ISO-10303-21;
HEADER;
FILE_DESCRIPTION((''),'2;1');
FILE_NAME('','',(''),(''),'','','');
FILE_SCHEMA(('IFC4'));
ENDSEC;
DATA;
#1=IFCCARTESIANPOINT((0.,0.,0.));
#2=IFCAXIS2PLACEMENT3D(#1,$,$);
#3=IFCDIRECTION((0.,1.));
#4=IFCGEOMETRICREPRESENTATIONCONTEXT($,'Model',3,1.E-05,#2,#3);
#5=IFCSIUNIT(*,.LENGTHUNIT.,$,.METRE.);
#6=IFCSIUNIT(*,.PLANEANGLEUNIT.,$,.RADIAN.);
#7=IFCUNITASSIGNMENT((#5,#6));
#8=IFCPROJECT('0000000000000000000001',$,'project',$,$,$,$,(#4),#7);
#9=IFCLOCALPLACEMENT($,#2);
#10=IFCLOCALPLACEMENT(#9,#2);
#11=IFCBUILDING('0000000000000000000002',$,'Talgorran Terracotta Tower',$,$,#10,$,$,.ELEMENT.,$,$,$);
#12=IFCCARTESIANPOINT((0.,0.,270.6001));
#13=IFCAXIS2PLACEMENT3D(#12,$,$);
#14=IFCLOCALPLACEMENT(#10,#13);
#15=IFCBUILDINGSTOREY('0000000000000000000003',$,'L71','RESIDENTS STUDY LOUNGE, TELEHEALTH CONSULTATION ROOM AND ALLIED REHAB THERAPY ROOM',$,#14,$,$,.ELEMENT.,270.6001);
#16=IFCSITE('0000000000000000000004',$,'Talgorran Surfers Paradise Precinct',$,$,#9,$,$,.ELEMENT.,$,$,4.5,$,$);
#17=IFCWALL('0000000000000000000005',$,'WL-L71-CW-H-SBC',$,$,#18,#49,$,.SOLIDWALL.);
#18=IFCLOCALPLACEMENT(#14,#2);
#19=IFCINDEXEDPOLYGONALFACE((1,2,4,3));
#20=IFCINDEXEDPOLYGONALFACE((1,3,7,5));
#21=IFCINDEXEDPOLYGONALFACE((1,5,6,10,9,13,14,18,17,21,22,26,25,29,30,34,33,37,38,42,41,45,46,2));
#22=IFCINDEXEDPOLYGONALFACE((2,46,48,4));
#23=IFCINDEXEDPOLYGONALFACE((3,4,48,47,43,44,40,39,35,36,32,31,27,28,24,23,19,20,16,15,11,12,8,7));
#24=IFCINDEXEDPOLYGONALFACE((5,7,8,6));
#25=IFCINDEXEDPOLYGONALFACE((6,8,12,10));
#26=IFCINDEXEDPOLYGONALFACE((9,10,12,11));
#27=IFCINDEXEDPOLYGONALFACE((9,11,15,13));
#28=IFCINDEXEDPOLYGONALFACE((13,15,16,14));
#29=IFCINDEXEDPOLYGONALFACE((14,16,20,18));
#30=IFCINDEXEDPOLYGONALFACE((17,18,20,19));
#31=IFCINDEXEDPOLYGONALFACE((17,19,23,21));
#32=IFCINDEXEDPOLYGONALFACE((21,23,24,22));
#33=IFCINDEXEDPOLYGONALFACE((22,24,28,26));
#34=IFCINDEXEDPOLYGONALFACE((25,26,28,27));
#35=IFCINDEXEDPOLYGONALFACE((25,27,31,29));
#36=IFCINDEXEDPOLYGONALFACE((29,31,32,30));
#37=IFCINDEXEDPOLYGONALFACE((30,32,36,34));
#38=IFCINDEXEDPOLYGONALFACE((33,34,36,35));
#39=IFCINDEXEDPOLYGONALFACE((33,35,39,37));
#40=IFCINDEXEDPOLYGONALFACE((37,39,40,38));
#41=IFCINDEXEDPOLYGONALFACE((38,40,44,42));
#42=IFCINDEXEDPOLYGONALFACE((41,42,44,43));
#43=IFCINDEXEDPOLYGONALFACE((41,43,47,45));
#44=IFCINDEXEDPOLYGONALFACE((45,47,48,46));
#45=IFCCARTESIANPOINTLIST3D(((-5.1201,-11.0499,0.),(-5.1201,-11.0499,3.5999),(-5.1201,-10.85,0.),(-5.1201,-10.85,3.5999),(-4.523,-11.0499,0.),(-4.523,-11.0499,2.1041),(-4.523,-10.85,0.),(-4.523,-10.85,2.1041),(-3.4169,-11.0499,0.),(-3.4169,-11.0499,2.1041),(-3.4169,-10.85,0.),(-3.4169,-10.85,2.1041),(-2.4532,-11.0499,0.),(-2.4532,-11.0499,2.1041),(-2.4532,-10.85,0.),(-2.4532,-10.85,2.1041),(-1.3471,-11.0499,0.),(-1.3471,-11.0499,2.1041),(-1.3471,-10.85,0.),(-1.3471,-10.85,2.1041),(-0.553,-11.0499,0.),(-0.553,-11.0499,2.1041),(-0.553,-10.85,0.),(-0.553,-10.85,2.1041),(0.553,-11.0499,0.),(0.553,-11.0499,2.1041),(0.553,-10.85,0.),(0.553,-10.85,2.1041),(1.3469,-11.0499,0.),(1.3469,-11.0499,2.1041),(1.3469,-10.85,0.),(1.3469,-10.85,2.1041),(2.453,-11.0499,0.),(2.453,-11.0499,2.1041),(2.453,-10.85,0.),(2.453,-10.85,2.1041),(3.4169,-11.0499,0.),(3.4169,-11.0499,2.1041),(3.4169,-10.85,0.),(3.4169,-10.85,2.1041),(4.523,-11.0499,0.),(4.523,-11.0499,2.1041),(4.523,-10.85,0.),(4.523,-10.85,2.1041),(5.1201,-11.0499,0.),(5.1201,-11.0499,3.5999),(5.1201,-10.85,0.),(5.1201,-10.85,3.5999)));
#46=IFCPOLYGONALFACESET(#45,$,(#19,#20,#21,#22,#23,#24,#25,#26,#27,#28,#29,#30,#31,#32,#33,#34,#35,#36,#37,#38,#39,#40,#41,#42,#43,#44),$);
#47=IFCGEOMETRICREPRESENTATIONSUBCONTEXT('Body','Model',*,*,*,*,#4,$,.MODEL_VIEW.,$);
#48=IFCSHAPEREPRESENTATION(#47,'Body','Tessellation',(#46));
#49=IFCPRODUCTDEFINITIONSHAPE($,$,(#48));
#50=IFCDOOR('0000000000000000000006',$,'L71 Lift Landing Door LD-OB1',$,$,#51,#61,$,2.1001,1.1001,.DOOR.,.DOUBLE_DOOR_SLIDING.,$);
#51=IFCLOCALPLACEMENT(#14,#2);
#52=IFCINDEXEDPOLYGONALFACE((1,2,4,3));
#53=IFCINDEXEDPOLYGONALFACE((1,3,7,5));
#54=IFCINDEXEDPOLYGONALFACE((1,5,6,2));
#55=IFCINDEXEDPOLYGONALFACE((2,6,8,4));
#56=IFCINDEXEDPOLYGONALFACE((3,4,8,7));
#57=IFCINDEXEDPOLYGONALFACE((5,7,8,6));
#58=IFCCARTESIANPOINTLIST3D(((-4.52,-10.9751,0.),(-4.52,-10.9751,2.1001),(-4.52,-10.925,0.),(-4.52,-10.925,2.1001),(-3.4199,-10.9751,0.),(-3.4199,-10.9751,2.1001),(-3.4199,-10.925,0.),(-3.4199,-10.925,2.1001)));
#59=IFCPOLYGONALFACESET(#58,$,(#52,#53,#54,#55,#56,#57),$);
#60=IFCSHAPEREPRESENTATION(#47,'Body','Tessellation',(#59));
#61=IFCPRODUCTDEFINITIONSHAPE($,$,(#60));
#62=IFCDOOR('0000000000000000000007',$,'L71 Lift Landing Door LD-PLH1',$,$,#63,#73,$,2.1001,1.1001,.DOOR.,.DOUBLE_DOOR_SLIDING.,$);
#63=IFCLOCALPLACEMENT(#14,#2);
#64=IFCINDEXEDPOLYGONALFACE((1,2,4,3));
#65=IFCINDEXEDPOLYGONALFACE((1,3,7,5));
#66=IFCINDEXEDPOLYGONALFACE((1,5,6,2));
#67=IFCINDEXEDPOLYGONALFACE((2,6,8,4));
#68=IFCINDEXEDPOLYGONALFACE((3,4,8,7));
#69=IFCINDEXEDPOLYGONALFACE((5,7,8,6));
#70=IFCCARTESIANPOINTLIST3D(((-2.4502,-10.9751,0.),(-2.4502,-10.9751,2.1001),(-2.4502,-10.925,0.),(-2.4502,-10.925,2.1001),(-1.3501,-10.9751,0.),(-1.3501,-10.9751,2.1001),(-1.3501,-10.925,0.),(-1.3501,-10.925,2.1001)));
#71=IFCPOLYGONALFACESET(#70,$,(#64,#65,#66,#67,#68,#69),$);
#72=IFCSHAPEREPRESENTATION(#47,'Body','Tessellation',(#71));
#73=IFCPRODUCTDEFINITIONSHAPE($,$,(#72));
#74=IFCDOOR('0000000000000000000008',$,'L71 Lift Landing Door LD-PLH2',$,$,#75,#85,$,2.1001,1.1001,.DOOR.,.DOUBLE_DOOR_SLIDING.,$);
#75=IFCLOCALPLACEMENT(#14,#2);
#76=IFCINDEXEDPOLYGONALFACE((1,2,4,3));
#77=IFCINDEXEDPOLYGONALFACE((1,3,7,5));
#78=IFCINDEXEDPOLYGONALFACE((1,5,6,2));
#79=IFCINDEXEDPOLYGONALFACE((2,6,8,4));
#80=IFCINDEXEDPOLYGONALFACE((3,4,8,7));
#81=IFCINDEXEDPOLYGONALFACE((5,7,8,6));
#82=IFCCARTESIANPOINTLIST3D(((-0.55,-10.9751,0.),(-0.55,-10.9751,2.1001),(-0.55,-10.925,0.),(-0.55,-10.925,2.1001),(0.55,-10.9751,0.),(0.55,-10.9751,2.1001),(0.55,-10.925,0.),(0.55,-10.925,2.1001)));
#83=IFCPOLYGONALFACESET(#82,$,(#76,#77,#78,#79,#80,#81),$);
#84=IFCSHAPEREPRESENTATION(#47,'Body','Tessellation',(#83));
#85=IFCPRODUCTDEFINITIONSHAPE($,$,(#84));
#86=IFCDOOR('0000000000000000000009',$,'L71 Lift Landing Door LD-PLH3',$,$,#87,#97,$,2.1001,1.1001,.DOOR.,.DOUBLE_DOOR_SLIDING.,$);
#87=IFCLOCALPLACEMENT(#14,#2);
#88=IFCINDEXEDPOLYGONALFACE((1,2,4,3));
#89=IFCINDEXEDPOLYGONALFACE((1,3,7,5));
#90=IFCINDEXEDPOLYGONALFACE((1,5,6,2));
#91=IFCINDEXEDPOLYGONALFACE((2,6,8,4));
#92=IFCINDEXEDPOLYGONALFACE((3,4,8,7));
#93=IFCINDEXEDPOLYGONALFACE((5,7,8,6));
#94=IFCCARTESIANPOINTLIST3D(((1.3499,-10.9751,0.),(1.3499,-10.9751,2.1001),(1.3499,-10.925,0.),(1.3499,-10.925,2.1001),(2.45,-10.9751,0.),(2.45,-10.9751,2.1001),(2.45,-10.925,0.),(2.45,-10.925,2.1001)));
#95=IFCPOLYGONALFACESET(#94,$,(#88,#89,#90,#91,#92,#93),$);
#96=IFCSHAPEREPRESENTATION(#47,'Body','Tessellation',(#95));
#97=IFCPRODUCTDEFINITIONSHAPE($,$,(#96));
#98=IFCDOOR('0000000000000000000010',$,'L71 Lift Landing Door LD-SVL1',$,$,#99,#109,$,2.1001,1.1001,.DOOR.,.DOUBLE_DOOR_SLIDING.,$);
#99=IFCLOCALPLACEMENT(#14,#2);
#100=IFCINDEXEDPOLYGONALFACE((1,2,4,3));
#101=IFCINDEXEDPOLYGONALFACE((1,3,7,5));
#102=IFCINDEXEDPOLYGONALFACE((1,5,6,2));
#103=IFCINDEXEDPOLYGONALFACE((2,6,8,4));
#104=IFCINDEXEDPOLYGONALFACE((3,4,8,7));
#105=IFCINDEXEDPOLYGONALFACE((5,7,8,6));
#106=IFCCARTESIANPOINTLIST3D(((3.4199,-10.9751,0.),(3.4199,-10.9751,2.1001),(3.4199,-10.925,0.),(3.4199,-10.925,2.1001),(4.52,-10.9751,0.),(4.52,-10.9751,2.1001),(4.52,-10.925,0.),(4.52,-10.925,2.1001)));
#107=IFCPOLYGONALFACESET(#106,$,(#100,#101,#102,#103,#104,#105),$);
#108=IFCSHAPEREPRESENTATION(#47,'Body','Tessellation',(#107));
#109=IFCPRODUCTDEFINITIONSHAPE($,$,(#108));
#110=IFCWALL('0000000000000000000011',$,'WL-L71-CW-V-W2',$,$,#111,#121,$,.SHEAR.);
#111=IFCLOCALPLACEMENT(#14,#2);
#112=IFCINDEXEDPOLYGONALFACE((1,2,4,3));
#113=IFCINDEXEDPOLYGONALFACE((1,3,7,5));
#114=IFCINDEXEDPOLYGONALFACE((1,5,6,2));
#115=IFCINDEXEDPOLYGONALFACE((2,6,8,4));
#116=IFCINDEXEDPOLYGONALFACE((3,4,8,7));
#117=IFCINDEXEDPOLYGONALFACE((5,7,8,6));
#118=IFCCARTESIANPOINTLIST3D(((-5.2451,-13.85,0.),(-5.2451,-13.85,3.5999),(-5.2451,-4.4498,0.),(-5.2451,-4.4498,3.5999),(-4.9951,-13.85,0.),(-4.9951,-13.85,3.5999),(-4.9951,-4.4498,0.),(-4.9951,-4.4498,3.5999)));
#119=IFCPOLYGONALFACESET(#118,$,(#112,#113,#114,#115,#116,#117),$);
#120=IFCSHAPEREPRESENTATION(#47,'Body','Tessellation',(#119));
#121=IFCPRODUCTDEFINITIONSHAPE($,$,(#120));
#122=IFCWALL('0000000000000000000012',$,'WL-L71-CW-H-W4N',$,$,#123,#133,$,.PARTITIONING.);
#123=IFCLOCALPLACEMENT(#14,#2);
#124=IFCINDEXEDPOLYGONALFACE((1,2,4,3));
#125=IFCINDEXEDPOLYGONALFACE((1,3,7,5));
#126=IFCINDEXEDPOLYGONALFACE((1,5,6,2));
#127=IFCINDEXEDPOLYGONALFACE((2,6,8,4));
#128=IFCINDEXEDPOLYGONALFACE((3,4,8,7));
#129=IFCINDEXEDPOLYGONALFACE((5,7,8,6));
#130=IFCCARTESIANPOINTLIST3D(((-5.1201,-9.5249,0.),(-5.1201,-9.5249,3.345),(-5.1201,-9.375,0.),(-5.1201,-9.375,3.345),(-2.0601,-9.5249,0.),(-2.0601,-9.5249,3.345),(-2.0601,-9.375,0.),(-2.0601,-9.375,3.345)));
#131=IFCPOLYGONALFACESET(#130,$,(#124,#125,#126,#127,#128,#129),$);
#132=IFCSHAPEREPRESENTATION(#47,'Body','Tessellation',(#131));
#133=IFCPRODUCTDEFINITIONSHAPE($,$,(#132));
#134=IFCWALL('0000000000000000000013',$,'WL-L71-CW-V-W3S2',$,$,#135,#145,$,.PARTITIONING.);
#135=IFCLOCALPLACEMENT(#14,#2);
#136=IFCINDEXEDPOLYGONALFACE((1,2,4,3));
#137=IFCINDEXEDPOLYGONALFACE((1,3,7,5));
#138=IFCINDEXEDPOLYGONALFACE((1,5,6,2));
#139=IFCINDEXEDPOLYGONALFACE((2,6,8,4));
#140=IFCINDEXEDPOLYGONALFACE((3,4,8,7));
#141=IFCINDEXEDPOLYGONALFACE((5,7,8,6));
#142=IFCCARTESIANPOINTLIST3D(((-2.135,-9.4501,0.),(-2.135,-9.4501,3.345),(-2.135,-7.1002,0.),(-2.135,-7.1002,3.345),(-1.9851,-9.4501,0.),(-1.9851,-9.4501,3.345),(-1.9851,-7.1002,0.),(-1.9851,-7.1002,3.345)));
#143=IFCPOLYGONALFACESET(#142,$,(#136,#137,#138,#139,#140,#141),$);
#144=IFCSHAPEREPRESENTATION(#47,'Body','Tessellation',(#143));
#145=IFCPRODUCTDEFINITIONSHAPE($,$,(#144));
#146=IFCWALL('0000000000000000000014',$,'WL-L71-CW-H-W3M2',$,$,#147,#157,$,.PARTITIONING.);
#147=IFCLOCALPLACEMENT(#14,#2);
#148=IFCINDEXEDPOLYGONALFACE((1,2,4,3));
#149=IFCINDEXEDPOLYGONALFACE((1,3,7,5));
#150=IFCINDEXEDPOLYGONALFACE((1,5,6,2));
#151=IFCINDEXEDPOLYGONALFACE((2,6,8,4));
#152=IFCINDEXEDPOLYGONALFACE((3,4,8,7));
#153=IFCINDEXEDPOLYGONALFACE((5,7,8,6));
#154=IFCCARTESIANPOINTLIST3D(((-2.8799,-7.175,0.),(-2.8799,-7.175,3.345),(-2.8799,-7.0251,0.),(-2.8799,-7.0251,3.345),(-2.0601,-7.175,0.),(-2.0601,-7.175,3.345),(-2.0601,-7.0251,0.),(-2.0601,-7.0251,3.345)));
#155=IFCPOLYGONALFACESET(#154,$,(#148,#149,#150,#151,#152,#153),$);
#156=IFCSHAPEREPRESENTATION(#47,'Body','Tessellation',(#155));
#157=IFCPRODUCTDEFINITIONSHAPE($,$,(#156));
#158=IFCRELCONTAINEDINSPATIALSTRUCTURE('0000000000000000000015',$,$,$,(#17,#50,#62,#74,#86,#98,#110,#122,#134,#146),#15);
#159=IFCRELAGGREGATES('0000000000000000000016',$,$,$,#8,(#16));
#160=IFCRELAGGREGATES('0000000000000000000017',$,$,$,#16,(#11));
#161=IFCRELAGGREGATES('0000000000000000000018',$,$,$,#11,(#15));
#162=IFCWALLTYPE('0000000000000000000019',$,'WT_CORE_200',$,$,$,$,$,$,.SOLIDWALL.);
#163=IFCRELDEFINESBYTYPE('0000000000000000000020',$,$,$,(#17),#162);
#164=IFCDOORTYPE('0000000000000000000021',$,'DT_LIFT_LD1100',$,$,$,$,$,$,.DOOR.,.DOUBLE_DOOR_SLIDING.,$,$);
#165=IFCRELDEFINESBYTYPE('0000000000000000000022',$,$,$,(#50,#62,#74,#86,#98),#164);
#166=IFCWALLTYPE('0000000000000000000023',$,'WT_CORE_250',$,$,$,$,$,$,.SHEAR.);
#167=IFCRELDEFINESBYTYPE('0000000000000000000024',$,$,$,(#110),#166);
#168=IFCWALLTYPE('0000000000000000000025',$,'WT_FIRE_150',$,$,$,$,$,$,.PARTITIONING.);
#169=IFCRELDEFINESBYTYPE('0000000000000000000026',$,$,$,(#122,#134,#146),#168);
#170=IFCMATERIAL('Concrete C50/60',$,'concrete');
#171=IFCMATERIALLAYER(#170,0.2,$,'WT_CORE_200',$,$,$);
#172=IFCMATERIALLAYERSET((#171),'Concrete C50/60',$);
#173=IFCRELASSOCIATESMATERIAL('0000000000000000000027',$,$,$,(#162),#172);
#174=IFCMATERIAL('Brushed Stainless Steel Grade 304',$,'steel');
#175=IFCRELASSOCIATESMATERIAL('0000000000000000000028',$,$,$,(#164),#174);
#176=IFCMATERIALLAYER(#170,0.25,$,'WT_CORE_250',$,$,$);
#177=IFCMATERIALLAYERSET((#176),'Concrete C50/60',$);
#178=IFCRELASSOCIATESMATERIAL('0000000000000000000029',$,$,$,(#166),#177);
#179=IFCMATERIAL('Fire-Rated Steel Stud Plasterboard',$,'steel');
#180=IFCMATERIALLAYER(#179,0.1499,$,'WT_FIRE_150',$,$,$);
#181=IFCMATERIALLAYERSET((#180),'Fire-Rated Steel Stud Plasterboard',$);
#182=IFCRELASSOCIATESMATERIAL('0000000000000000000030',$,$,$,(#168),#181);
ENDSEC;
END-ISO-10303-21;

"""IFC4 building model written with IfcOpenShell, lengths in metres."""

from ifc_helpers import new_model, si_unit, direction, frame, frame_2d, origin, place, context, subcontext, project, spatial, rectangle, extrude, material, layer, layer_set, type_object, element, fill, save


model = new_model("IFC4")

# Units and contexts
model_context = context("Model", 3, precision=1e-05, world=origin(), true_north=direction((0.0, 1.0)))
body_context = subcontext(model_context, "Body", "Model", "MODEL_VIEW")
ifc_project = project(units=[si_unit("LENGTHUNIT", "METRE"), si_unit("PLANEANGLEUNIT", "RADIAN")], contexts=[model_context])

# Site, building, storey
site_placement = place(None, origin())
site = spatial("IfcSite", under=ifc_project, at=site_placement, Name="Talgorran Surfers Paradise Precinct", CompositionType="ELEMENT", RefElevation=4.5)
building_placement = place(site_placement, origin())
building = spatial("IfcBuilding", under=site, at=building_placement, Name="Talgorran Terracotta Tower", CompositionType="ELEMENT")
storey_placement = place(building_placement, frame((0.0, 0.0, 270.6001)))
storey = spatial("IfcBuildingStorey", under=building, at=storey_placement, Name="L71", Description="RESIDENTS STUDY LOUNGE, TELEHEALTH CONSULTATION ROOM AND ALLIED REHAB THERAPY ROOM", CompositionType="ELEMENT", Elevation=270.6001)

# Shared definitions
ifc_material_1 = material(Name="Concrete C50/60", Category="concrete")

# Wall, openings, doors
ifc_layer_1 = layer(ifc_material_1, 0.2, Name="WT_CORE_200")
ifc_layer_set_1 = layer_set([ifc_layer_1], Name="Concrete C50/60")
wall_type_1 = type_object("IfcWallType", Name="WT_CORE_200", PredefinedType="SOLIDWALL", material=ifc_layer_set_1)
wall_1_placement = place(storey_placement, frame((-5.1201, -10.95, 0.0), z_axis=(0.0, 0.0, 1.0), x_axis=(1.0, 0.0, 0.0)))
wall_1 = element("IfcWall", 1, at=wall_1_placement, inside=storey, type_object=wall_type_1, Name="WL-L71-CW-H-SBC", PredefinedType="SOLIDWALL", context=body_context, shape_type="SweptSolid", body=[
    extrude(rectangle(XDim=10.2402, YDim=0.2, at=frame_2d((5.1201, 0.0))), origin(), (0.0, 0.0, 1.0), 3.5999),
])
opening_1_placement = place(wall_1_placement, frame((0.6001, 0.0, 0.0)))
opening_1 = element("IfcOpeningElement", 2, at=opening_1_placement, cuts=wall_1, PredefinedType="OPENING", context=body_context, shape_type="SweptSolid", body=[
    extrude(rectangle(XDim=1.1061, YDim=2.1041, at=frame_2d((0.55, 1.052))), frame((0.0, 0.1099, 0.0), z_axis=(0.0, -1.0, 0.0), x_axis=(1.0, 0.0, 0.0)), (0.0, 0.0, 1.0), 0.22),
])
opening_2_placement = place(wall_1_placement, frame((2.6699, 0.0, 0.0)))
opening_2 = element("IfcOpeningElement", 3, at=opening_2_placement, cuts=wall_1, PredefinedType="OPENING", context=body_context, shape_type="SweptSolid", body=[
    extrude(rectangle(XDim=1.1061, YDim=2.1041, at=frame_2d((0.55, 1.052))), frame((0.0, 0.1099, 0.0), z_axis=(0.0, -1.0, 0.0), x_axis=(1.0, 0.0, 0.0)), (0.0, 0.0, 1.0), 0.22),
])
opening_3_placement = place(wall_1_placement, frame((4.5701, 0.0, 0.0)))
opening_3 = element("IfcOpeningElement", 4, at=opening_3_placement, cuts=wall_1, PredefinedType="OPENING", context=body_context, shape_type="SweptSolid", body=[
    extrude(rectangle(XDim=1.1061, YDim=2.1041, at=frame_2d((0.55, 1.052))), frame((0.0, 0.1099, 0.0), z_axis=(0.0, -1.0, 0.0), x_axis=(1.0, 0.0, 0.0)), (0.0, 0.0, 1.0), 0.22),
])
opening_4_placement = place(wall_1_placement, frame((6.47, 0.0, 0.0)))
opening_4 = element("IfcOpeningElement", 5, at=opening_4_placement, cuts=wall_1, PredefinedType="OPENING", context=body_context, shape_type="SweptSolid", body=[
    extrude(rectangle(XDim=1.1061, YDim=2.1041, at=frame_2d((0.55, 1.052))), frame((0.0, 0.1099, 0.0), z_axis=(0.0, -1.0, 0.0), x_axis=(1.0, 0.0, 0.0)), (0.0, 0.0, 1.0), 0.22),
])
opening_5_placement = place(wall_1_placement, frame((8.54, 0.0, 0.0)))
opening_5 = element("IfcOpeningElement", 6, at=opening_5_placement, cuts=wall_1, PredefinedType="OPENING", context=body_context, shape_type="SweptSolid", body=[
    extrude(rectangle(XDim=1.1061, YDim=2.1041, at=frame_2d((0.55, 1.052))), frame((0.0, 0.1099, 0.0), z_axis=(0.0, -1.0, 0.0), x_axis=(1.0, 0.0, 0.0)), (0.0, 0.0, 1.0), 0.22),
])
ifc_material_2 = material(Name="Brushed Stainless Steel Grade 304", Category="steel")
door_type_1 = type_object("IfcDoorType", Name="DT_LIFT_LD1100", OperationType="DOUBLE_DOOR_SLIDING", PredefinedType="DOOR", material=ifc_material_2)
door_1_placement = place(opening_1_placement, origin())
door_1 = element("IfcDoor", 7, at=door_1_placement, inside=storey, type_object=door_type_1, Name="L71 Lift Landing Door LD-OB1", OperationType="DOUBLE_DOOR_SLIDING", OverallHeight=2.1001, OverallWidth=1.1001, PredefinedType="DOOR", context=body_context, shape_type="SweptSolid", body=[
    extrude(rectangle(XDim=1.1001, YDim=2.1001, at=frame_2d((0.55, 1.05))), frame((0.0, 0.0249, 0.0), z_axis=(0.0, -1.0, 0.0), x_axis=(1.0, 0.0, 0.0)), (0.0, 0.0, 1.0), 0.05),
])
fill(opening_1, door_1)
door_2_placement = place(opening_2_placement, origin())
door_2 = element("IfcDoor", 8, at=door_2_placement, inside=storey, type_object=door_type_1, Name="L71 Lift Landing Door LD-PLH1", OperationType="DOUBLE_DOOR_SLIDING", OverallHeight=2.1001, OverallWidth=1.1001, PredefinedType="DOOR", context=body_context, shape_type="SweptSolid", body=[
    extrude(rectangle(XDim=1.1001, YDim=2.1001, at=frame_2d((0.55, 1.05))), frame((0.0, 0.0249, 0.0), z_axis=(0.0, -1.0, 0.0), x_axis=(1.0, 0.0, 0.0)), (0.0, 0.0, 1.0), 0.05),
])
fill(opening_2, door_2)
door_3_placement = place(opening_3_placement, origin())
door_3 = element("IfcDoor", 9, at=door_3_placement, inside=storey, type_object=door_type_1, Name="L71 Lift Landing Door LD-PLH2", OperationType="DOUBLE_DOOR_SLIDING", OverallHeight=2.1001, OverallWidth=1.1001, PredefinedType="DOOR", context=body_context, shape_type="SweptSolid", body=[
    extrude(rectangle(XDim=1.1001, YDim=2.1001, at=frame_2d((0.55, 1.05))), frame((0.0, 0.0249, 0.0), z_axis=(0.0, -1.0, 0.0), x_axis=(1.0, 0.0, 0.0)), (0.0, 0.0, 1.0), 0.05),
])
fill(opening_3, door_3)
door_4_placement = place(opening_4_placement, origin())
door_4 = element("IfcDoor", 10, at=door_4_placement, inside=storey, type_object=door_type_1, Name="L71 Lift Landing Door LD-PLH3", OperationType="DOUBLE_DOOR_SLIDING", OverallHeight=2.1001, OverallWidth=1.1001, PredefinedType="DOOR", context=body_context, shape_type="SweptSolid", body=[
    extrude(rectangle(XDim=1.1001, YDim=2.1001, at=frame_2d((0.55, 1.05))), frame((0.0, 0.0249, 0.0), z_axis=(0.0, -1.0, 0.0), x_axis=(1.0, 0.0, 0.0)), (0.0, 0.0, 1.0), 0.05),
])
fill(opening_4, door_4)
door_5_placement = place(opening_5_placement, origin())
door_5 = element("IfcDoor", 11, at=door_5_placement, inside=storey, type_object=door_type_1, Name="L71 Lift Landing Door LD-SVL1", OperationType="DOUBLE_DOOR_SLIDING", OverallHeight=2.1001, OverallWidth=1.1001, PredefinedType="DOOR", context=body_context, shape_type="SweptSolid", body=[
    extrude(rectangle(XDim=1.1001, YDim=2.1001, at=frame_2d((0.55, 1.05))), frame((0.0, 0.0249, 0.0), z_axis=(0.0, -1.0, 0.0), x_axis=(1.0, 0.0, 0.0)), (0.0, 0.0, 1.0), 0.05),
])
fill(opening_5, door_5)

# Walls
ifc_layer_2 = layer(ifc_material_1, 0.25, Name="WT_CORE_250")
ifc_layer_set_2 = layer_set([ifc_layer_2], Name="Concrete C50/60")
wall_type_2 = type_object("IfcWallType", Name="WT_CORE_250", PredefinedType="SHEAR", material=ifc_layer_set_2)
wall_2_placement = place(storey_placement, frame((-5.1201, -13.8501, 0.0), z_axis=(0.0, 0.0, 1.0), x_axis=(0.0, 1.0, 0.0)))
element("IfcWall", 12, at=wall_2_placement, inside=storey, type_object=wall_type_2, Name="WL-L71-CW-V-W2", PredefinedType="SHEAR", context=body_context, shape_type="SweptSolid", body=[
    extrude(rectangle(XDim=9.4001, YDim=0.25, at=frame_2d((4.7002, 0.0))), origin(), (0.0, 0.0, 1.0), 3.5999),
])
ifc_material_3 = material(Name="Fire-Rated Steel Stud Plasterboard", Category="steel")
ifc_layer_3 = layer(ifc_material_3, 0.1499, Name="WT_FIRE_150")
ifc_layer_set_3 = layer_set([ifc_layer_3], Name="Fire-Rated Steel Stud Plasterboard")
wall_type_3 = type_object("IfcWallType", Name="WT_FIRE_150", PredefinedType="PARTITIONING", material=ifc_layer_set_3)
wall_3_placement = place(storey_placement, frame((-5.1201, -9.45, 0.0), z_axis=(0.0, 0.0, 1.0), x_axis=(1.0, 0.0, 0.0)))
element("IfcWall", 13, at=wall_3_placement, inside=storey, type_object=wall_type_3, Name="WL-L71-CW-H-W4N", PredefinedType="PARTITIONING", context=body_context, shape_type="SweptSolid", body=[
    extrude(rectangle(XDim=3.0601, YDim=0.1499, at=frame_2d((1.53, 0.0))), origin(), (0.0, 0.0, 1.0), 3.345),
])
wall_4_placement = place(storey_placement, frame((-2.0601, -9.45, 0.0), z_axis=(0.0, 0.0, 1.0), x_axis=(0.0, 1.0, 0.0)))
element("IfcWall", 14, at=wall_4_placement, inside=storey, type_object=wall_type_3, Name="WL-L71-CW-V-W3S2", PredefinedType="PARTITIONING", context=body_context, shape_type="SweptSolid", body=[
    extrude(rectangle(XDim=2.3499, YDim=0.1499, at=frame_2d((1.1748, 0.0))), origin(), (0.0, 0.0, 1.0), 3.345),
])
wall_5_placement = place(storey_placement, frame((-2.8799, -7.1001, 0.0), z_axis=(0.0, 0.0, 1.0), x_axis=(1.0, 0.0, 0.0)))
element("IfcWall", 15, at=wall_5_placement, inside=storey, type_object=wall_type_3, Name="WL-L71-CW-H-W3M2", PredefinedType="PARTITIONING", context=body_context, shape_type="SweptSolid", body=[
    extrude(rectangle(XDim=0.8198, YDim=0.1499, at=frame_2d((0.4099, 0.0))), origin(), (0.0, 0.0, 1.0), 3.345),
])

save(model, "model.ifc")
